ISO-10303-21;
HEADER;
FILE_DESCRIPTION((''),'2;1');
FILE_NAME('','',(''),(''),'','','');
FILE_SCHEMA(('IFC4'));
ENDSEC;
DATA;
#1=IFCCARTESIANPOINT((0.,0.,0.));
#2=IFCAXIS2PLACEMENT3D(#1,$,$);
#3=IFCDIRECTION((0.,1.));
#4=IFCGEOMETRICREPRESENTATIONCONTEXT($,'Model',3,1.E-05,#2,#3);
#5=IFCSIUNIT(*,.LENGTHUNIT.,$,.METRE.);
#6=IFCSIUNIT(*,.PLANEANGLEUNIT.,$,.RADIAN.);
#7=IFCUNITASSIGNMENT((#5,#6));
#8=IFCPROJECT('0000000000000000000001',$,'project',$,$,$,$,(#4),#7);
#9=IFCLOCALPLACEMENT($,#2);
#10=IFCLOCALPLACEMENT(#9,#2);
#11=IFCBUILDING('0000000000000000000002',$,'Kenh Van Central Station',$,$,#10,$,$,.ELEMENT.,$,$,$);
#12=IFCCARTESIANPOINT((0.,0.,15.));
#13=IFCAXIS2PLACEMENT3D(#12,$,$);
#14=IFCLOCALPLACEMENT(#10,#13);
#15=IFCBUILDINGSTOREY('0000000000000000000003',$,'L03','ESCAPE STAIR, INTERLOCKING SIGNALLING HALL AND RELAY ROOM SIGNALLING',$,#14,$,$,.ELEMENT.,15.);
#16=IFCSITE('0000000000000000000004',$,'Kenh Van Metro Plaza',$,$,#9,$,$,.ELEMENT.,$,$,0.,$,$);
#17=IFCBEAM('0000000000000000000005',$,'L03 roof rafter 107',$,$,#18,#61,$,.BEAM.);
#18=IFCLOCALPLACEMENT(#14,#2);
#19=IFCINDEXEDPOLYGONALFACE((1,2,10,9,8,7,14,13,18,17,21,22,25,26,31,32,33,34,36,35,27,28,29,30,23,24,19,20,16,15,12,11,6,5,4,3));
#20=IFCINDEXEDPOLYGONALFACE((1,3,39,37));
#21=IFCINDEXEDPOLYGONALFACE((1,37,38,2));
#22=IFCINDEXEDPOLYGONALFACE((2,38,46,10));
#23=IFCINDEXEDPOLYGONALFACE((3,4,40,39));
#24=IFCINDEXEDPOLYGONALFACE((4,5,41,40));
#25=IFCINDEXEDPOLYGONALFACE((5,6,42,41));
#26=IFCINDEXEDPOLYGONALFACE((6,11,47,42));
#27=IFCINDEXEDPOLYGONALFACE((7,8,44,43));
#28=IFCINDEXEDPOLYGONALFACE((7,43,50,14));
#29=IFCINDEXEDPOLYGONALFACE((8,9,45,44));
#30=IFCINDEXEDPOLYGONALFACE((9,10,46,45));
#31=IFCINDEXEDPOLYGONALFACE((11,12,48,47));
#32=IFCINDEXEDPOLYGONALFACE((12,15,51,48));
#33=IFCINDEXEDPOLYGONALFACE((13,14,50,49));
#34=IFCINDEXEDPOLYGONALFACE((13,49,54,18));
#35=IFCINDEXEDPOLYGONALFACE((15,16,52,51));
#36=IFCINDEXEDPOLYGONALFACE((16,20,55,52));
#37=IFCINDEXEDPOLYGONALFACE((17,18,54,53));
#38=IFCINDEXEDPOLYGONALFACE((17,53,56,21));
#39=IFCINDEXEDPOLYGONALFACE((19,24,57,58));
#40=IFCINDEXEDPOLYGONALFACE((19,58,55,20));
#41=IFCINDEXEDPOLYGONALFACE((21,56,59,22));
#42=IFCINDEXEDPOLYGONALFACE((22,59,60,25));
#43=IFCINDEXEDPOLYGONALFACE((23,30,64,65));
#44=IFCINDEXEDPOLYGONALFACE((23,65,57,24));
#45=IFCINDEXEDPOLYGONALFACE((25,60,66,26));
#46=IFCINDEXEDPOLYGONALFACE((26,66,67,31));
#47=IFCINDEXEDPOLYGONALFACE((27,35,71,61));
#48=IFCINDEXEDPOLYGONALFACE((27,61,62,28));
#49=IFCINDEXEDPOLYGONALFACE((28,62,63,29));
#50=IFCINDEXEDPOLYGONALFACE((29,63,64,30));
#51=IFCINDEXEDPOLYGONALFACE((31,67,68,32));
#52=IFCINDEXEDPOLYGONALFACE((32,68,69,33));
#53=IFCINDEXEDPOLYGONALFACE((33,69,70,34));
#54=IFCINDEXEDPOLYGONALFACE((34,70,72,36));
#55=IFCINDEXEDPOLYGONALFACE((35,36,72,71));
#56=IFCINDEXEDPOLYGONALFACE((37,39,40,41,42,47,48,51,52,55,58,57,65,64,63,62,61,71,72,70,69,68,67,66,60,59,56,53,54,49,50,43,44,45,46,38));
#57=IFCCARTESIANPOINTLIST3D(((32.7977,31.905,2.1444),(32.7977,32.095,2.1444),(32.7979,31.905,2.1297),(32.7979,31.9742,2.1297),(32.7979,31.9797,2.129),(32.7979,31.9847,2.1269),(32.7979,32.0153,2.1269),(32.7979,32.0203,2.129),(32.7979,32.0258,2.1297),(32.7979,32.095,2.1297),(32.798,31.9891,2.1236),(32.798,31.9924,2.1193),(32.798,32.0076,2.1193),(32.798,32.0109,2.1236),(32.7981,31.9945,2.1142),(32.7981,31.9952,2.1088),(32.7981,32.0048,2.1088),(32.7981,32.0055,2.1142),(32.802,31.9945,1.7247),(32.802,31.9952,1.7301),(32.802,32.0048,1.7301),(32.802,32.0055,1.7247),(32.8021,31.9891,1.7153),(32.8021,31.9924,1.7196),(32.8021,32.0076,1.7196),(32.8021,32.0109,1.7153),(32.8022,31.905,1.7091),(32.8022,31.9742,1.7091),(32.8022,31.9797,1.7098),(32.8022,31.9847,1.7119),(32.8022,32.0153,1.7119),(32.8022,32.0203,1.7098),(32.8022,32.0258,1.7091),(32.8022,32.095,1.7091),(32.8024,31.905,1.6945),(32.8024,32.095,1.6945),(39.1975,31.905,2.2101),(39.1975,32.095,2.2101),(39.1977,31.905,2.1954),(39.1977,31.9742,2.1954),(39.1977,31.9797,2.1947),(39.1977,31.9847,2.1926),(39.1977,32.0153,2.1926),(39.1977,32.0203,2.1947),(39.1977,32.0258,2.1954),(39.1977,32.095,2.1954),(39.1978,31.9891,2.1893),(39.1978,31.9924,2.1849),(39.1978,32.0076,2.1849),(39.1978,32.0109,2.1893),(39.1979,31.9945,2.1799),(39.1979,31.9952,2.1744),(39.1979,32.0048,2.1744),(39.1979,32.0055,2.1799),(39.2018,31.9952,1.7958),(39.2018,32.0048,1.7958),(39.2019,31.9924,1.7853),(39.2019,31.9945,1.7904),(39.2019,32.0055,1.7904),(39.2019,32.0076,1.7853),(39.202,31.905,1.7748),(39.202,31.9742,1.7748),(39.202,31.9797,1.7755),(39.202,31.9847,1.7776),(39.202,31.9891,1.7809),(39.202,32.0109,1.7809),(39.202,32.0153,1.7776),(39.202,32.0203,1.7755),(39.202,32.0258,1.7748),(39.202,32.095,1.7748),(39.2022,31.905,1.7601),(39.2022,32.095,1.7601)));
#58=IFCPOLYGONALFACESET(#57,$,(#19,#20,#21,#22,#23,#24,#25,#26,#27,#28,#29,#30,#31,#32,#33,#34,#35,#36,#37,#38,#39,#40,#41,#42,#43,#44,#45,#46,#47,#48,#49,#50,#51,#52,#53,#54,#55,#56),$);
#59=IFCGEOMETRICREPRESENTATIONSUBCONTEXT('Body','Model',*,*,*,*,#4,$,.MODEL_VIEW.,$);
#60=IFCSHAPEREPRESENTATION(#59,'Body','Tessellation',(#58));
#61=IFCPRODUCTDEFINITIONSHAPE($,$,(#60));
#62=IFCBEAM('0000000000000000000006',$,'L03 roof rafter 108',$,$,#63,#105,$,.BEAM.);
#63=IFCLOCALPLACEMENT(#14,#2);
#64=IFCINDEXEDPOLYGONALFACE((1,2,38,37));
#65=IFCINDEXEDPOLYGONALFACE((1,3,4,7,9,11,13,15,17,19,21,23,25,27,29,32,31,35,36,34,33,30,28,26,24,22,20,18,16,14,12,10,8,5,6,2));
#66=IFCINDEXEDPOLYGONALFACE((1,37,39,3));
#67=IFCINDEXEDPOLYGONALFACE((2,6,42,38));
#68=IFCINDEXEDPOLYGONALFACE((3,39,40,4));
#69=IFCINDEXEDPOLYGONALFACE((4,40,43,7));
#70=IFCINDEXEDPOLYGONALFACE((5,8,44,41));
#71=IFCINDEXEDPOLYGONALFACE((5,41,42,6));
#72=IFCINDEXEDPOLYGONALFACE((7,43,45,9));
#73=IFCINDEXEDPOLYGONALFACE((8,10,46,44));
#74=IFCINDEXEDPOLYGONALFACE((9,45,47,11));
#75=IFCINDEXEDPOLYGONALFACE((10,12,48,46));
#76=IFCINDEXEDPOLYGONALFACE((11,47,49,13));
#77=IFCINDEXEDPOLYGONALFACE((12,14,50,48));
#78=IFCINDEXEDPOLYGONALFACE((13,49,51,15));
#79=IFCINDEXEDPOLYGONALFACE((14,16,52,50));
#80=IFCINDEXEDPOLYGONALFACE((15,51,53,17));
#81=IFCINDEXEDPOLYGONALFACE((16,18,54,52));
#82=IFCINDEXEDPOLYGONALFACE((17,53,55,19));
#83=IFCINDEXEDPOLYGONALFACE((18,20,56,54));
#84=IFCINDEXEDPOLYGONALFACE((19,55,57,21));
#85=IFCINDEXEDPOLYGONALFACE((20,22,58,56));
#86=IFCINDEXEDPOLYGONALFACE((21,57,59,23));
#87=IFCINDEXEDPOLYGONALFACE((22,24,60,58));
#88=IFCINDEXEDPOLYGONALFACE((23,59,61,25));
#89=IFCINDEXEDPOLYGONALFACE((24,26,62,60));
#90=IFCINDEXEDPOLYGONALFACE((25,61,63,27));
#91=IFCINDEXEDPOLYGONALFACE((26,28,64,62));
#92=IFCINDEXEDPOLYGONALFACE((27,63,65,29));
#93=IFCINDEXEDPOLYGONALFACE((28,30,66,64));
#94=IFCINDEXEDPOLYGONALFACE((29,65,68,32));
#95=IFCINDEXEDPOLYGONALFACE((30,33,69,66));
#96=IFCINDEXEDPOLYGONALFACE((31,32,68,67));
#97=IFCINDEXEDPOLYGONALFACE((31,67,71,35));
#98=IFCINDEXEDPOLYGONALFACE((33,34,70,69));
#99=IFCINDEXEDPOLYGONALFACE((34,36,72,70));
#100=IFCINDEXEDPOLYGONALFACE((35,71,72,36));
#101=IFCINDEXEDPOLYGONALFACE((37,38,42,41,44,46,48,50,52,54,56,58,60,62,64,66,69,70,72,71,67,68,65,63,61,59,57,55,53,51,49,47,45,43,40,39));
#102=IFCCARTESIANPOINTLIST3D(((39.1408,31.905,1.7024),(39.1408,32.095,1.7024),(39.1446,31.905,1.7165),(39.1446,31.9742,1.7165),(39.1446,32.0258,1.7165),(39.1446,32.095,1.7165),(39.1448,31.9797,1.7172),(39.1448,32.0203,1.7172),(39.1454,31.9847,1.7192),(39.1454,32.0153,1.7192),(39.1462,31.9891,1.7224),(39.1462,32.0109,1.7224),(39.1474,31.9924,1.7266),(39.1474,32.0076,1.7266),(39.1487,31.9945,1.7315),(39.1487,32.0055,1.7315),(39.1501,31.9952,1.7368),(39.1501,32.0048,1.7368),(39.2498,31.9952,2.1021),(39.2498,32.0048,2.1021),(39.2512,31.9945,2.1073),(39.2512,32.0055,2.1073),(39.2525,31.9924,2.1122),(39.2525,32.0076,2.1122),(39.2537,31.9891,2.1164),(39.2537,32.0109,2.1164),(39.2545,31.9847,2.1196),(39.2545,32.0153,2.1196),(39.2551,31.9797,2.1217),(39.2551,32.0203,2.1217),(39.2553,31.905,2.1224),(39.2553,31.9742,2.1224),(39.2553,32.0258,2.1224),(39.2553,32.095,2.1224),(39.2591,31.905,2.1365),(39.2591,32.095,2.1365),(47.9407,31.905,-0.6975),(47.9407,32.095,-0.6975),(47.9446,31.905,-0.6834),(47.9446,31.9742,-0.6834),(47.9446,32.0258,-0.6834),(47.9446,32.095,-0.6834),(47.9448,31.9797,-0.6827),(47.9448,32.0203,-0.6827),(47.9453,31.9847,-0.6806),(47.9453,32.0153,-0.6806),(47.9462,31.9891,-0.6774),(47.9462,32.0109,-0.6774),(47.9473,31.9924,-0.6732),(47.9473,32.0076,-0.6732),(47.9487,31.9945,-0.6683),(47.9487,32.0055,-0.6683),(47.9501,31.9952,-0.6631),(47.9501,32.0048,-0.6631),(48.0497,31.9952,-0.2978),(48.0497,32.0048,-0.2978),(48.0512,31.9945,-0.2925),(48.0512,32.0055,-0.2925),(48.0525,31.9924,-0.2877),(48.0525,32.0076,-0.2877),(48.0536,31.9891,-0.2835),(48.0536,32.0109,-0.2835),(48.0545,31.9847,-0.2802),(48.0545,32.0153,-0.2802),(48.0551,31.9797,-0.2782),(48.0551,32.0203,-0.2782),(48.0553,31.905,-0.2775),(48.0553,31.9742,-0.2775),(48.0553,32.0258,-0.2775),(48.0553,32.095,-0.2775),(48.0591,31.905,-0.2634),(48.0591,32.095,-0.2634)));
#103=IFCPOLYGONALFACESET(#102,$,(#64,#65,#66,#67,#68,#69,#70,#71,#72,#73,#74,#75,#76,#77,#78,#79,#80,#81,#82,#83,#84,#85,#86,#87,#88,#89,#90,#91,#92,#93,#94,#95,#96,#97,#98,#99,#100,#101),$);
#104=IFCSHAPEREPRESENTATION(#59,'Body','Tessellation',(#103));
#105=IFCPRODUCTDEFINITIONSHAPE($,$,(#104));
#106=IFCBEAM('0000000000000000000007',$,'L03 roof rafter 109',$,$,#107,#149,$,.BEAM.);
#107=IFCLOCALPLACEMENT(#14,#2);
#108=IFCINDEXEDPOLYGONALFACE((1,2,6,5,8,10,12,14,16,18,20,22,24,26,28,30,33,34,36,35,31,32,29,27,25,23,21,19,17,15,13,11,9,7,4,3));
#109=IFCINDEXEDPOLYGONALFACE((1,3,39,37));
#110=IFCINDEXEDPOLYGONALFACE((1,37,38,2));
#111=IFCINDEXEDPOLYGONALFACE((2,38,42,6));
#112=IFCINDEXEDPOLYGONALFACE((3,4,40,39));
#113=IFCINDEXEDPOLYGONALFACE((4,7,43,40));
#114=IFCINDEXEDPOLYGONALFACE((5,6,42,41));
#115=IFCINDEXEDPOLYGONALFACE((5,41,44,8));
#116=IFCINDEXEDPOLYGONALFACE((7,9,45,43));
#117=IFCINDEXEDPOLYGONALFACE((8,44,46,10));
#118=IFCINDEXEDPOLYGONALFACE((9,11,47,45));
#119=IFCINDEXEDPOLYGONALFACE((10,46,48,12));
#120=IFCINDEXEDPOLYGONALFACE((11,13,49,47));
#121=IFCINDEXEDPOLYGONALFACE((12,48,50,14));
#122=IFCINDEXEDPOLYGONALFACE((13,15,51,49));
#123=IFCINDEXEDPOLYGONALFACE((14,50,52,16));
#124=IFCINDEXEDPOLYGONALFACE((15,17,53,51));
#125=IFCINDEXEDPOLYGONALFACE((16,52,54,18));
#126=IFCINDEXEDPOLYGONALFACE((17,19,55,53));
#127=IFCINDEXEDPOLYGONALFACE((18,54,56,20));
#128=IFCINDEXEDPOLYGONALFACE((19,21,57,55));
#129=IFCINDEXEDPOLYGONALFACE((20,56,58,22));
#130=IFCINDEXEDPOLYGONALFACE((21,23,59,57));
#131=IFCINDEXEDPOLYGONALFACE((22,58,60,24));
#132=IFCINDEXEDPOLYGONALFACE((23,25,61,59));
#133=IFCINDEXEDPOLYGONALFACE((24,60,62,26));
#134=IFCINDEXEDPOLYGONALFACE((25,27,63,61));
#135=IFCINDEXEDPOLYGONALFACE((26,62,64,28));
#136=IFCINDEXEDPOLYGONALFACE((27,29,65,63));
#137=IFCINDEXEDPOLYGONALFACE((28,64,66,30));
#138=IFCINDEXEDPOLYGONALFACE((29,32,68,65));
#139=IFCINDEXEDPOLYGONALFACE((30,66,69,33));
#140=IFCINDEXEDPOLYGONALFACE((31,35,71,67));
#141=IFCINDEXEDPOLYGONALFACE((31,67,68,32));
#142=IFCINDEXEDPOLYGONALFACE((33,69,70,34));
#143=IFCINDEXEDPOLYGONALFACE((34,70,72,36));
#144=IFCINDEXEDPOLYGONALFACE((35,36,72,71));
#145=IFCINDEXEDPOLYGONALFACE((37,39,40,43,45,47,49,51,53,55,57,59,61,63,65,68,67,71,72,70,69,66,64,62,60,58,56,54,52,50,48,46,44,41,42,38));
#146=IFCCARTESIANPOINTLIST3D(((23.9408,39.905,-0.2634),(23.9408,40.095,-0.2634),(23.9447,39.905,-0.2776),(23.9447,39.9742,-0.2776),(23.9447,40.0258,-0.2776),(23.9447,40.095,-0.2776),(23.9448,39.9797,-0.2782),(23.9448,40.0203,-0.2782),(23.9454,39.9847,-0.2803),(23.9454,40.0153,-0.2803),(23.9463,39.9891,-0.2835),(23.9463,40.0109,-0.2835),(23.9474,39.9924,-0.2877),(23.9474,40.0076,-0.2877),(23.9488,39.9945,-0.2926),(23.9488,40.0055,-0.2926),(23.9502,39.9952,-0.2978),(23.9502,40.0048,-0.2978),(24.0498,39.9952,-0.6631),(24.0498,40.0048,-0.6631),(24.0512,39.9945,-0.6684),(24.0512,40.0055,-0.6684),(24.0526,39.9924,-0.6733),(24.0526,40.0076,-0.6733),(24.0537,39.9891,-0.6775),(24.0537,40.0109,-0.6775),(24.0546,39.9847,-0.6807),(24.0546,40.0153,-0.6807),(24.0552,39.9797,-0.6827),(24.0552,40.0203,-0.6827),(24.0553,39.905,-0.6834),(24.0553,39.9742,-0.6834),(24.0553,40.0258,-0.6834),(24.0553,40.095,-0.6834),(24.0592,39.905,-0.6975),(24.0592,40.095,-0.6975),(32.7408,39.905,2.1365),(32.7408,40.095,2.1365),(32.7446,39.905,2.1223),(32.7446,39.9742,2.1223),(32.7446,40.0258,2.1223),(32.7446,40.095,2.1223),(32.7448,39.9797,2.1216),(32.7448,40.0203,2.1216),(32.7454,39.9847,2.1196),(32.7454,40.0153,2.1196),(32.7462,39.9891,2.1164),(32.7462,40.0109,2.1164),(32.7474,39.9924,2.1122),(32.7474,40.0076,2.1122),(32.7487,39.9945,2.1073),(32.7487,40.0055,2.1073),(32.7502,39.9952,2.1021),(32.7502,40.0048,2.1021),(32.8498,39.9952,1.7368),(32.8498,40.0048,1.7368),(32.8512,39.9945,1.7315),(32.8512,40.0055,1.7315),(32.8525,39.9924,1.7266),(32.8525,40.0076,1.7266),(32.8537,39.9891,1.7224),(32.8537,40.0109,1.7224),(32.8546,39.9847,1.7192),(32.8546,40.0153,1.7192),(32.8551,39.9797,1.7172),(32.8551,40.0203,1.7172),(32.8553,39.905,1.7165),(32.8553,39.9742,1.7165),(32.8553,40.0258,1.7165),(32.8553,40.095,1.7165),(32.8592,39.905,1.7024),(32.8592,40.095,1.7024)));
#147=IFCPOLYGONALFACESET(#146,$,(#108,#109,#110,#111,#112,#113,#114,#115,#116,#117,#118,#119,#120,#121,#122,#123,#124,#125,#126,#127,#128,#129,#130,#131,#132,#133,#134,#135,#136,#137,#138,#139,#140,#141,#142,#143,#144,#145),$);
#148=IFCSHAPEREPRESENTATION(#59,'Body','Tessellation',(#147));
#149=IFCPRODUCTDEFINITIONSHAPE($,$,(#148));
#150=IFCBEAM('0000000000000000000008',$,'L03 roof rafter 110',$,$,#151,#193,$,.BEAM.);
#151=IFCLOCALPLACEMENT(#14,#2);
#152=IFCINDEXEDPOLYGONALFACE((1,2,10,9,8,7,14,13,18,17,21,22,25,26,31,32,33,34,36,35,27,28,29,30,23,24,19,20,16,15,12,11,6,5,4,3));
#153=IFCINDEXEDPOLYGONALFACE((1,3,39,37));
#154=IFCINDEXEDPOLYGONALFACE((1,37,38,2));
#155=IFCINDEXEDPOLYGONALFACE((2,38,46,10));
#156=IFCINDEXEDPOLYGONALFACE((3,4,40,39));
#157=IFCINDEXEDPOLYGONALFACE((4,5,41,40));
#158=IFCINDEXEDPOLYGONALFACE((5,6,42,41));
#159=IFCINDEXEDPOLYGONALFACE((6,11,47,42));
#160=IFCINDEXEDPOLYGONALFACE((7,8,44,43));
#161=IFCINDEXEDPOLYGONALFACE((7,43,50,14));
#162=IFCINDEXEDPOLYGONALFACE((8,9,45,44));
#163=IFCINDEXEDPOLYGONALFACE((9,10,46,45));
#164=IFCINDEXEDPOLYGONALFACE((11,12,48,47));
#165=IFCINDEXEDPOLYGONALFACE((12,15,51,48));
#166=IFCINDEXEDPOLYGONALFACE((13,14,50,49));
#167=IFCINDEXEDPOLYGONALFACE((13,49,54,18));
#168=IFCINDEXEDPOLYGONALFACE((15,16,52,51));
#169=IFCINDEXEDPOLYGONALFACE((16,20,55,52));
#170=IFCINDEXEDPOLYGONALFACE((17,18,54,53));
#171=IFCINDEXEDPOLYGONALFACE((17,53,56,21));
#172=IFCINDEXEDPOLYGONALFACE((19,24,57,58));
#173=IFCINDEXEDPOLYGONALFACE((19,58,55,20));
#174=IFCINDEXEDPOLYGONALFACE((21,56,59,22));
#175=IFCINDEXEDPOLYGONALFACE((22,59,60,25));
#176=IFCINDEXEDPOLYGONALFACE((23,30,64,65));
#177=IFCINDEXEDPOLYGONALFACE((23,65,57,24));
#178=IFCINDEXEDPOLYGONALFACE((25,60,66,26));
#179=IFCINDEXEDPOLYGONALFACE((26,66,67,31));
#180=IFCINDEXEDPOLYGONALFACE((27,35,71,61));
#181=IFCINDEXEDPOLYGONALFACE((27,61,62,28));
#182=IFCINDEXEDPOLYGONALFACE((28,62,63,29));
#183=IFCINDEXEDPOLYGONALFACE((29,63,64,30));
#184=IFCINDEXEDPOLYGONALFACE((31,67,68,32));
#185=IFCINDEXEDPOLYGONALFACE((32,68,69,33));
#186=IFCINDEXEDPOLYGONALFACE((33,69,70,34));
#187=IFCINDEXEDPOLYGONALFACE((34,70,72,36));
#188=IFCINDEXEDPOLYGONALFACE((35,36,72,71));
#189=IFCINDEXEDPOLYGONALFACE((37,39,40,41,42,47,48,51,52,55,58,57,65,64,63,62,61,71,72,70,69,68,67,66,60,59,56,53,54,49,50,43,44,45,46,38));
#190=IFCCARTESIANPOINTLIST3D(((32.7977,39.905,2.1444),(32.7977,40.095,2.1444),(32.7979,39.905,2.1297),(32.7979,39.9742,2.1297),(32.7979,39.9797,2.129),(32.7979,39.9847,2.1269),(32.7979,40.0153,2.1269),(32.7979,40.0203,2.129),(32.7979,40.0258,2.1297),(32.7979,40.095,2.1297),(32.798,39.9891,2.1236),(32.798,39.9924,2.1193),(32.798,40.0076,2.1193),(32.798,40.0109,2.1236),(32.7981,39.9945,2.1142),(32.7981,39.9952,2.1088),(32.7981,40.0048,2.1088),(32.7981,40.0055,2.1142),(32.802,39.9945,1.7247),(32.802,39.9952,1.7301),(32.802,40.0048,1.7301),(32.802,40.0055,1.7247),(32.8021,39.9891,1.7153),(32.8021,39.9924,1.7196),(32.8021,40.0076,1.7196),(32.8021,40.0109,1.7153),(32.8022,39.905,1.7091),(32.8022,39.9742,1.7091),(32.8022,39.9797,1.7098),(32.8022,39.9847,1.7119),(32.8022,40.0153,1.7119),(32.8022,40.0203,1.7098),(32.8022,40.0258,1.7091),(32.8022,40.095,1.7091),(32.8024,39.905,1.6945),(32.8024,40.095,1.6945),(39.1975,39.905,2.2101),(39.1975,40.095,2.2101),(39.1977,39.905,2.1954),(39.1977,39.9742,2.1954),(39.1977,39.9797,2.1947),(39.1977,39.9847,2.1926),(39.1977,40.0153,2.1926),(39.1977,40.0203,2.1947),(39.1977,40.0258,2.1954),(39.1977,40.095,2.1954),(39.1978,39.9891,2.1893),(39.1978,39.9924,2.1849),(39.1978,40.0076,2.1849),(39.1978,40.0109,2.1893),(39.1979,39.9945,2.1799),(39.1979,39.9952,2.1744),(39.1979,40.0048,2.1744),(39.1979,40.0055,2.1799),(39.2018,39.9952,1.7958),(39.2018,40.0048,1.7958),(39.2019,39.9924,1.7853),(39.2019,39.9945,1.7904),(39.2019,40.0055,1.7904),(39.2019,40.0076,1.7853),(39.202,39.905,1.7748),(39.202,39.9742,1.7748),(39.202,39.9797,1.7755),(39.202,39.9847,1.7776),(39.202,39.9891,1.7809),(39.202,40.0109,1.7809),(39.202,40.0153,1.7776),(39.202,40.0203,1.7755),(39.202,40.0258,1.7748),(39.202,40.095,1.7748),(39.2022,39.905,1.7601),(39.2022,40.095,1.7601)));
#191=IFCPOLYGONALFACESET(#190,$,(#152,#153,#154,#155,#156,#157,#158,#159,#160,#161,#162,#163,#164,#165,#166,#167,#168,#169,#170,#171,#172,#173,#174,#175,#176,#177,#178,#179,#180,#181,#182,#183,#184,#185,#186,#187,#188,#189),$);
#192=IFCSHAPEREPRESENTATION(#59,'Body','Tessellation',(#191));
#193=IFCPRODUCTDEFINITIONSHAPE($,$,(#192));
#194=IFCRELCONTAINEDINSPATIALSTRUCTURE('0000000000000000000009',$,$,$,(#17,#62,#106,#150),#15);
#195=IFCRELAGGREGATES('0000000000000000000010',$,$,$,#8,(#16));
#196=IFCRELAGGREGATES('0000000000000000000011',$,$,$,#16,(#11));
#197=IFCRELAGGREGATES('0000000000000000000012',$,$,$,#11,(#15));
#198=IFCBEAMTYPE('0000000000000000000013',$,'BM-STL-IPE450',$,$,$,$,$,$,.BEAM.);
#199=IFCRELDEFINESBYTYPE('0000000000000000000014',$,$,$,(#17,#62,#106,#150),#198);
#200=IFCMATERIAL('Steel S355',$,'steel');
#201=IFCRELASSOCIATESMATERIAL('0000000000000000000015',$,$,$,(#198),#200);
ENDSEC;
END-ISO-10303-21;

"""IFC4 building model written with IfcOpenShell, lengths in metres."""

from ifc_helpers import new_model, si_unit, direction, frame, origin, origin_2d, place, context, subcontext, project, spatial, i_section, extrude, material, material_profile, profile_set, type_object, element, save


model = new_model("IFC4")

# Units and contexts
model_context = context("Model", 3, precision=1e-05, world=origin(), true_north=direction((0.0, 1.0)))
body_context = subcontext(model_context, "Body", "Model", "MODEL_VIEW")
ifc_project = project(units=[si_unit("LENGTHUNIT", "METRE"), si_unit("PLANEANGLEUNIT", "RADIAN")], contexts=[model_context])

# Site, building, storey
site_placement = place(None, origin())
site = spatial("IfcSite", under=ifc_project, at=site_placement, Name="Kenh Van Metro Plaza", CompositionType="ELEMENT", RefElevation=0.0)
building_placement = place(site_placement, origin())
building = spatial("IfcBuilding", under=site, at=building_placement, Name="Kenh Van Central Station", CompositionType="ELEMENT")
storey_placement = place(building_placement, frame((0.0, 0.0, 15.0)))
storey = spatial("IfcBuildingStorey", under=building, at=storey_placement, Name="L03", Description="ESCAPE STAIR, INTERLOCKING SIGNALLING HALL AND RELAY ROOM SIGNALLING", CompositionType="ELEMENT", Elevation=15.0)

# Beams
ifc_material_1 = material(Name="Steel S355", Category="steel")
ifc_material_profile_1 = material_profile(ifc_material_1, i_section(OverallWidth=0.1899, OverallDepth=0.45, WebThickness=0.0095, FlangeThickness=0.0146, FilletRadius=0.021, at=origin_2d()), Name="IPE 450")
ifc_profile_set_1 = profile_set([ifc_material_profile_1], Name="Steel S355")
beam_type = type_object("IfcBeamType", Name="BM-STL-IPE450", PredefinedType="BEAM", material=ifc_profile_set_1)
beam_1_placement = place(storey_placement, frame((32.8, 32.0, 1.9194), z_axis=(0.999947, 0.0, 0.010261), x_axis=(0.0, 1.0, 0.0)))
element("IfcBeam", 1, at=beam_1_placement, inside=storey, type_object=beam_type, Name="L03 roof rafter 107", PredefinedType="BEAM", context=body_context, shape_type="SweptSolid", body=[
    extrude(i_section(OverallWidth=0.1899, OverallDepth=0.45, WebThickness=0.0095, FlangeThickness=0.0146, FilletRadius=0.021, at=origin_2d()), origin(), (0.0, 0.0, 1.0), 6.4001),
])
for number, where, z_axis, x_axis, name in (
    (2, (39.2, 32.0, 1.9194), (0.964767, 0.0, -0.263106), (0.0, 1.0, 0.0), "L03 roof rafter 108"),
    (3, (24.0, 40.0, -0.4805), (0.964767, 0.0, 0.263106), (0.0, 1.0, 0.0), "L03 roof rafter 109"),
):
    element("IfcBeam", number, at=place(storey_placement, frame(where, z_axis=z_axis, x_axis=x_axis)), inside=storey, type_object=beam_type, Name=name, PredefinedType="BEAM", context=body_context, shape_type="SweptSolid", body=[
        extrude(i_section(OverallWidth=0.1899, OverallDepth=0.45, WebThickness=0.0095, FlangeThickness=0.0146, FilletRadius=0.021, at=origin_2d()), origin(), (0.0, 0.0, 1.0), 9.1213),
    ])
beam_2_placement = place(storey_placement, frame((32.8, 40.0, 1.9194), z_axis=(0.999947, 0.0, 0.010261), x_axis=(0.0, 1.0, 0.0)))
element("IfcBeam", 4, at=beam_2_placement, inside=storey, type_object=beam_type, Name="L03 roof rafter 110", PredefinedType="BEAM", context=body_context, shape_type="SweptSolid", body=[
    extrude(i_section(OverallWidth=0.1899, OverallDepth=0.45, WebThickness=0.0095, FlangeThickness=0.0146, FilletRadius=0.021, at=origin_2d()), origin(), (0.0, 0.0, 1.0), 6.4001),
])

save(model, "model.ifc")
